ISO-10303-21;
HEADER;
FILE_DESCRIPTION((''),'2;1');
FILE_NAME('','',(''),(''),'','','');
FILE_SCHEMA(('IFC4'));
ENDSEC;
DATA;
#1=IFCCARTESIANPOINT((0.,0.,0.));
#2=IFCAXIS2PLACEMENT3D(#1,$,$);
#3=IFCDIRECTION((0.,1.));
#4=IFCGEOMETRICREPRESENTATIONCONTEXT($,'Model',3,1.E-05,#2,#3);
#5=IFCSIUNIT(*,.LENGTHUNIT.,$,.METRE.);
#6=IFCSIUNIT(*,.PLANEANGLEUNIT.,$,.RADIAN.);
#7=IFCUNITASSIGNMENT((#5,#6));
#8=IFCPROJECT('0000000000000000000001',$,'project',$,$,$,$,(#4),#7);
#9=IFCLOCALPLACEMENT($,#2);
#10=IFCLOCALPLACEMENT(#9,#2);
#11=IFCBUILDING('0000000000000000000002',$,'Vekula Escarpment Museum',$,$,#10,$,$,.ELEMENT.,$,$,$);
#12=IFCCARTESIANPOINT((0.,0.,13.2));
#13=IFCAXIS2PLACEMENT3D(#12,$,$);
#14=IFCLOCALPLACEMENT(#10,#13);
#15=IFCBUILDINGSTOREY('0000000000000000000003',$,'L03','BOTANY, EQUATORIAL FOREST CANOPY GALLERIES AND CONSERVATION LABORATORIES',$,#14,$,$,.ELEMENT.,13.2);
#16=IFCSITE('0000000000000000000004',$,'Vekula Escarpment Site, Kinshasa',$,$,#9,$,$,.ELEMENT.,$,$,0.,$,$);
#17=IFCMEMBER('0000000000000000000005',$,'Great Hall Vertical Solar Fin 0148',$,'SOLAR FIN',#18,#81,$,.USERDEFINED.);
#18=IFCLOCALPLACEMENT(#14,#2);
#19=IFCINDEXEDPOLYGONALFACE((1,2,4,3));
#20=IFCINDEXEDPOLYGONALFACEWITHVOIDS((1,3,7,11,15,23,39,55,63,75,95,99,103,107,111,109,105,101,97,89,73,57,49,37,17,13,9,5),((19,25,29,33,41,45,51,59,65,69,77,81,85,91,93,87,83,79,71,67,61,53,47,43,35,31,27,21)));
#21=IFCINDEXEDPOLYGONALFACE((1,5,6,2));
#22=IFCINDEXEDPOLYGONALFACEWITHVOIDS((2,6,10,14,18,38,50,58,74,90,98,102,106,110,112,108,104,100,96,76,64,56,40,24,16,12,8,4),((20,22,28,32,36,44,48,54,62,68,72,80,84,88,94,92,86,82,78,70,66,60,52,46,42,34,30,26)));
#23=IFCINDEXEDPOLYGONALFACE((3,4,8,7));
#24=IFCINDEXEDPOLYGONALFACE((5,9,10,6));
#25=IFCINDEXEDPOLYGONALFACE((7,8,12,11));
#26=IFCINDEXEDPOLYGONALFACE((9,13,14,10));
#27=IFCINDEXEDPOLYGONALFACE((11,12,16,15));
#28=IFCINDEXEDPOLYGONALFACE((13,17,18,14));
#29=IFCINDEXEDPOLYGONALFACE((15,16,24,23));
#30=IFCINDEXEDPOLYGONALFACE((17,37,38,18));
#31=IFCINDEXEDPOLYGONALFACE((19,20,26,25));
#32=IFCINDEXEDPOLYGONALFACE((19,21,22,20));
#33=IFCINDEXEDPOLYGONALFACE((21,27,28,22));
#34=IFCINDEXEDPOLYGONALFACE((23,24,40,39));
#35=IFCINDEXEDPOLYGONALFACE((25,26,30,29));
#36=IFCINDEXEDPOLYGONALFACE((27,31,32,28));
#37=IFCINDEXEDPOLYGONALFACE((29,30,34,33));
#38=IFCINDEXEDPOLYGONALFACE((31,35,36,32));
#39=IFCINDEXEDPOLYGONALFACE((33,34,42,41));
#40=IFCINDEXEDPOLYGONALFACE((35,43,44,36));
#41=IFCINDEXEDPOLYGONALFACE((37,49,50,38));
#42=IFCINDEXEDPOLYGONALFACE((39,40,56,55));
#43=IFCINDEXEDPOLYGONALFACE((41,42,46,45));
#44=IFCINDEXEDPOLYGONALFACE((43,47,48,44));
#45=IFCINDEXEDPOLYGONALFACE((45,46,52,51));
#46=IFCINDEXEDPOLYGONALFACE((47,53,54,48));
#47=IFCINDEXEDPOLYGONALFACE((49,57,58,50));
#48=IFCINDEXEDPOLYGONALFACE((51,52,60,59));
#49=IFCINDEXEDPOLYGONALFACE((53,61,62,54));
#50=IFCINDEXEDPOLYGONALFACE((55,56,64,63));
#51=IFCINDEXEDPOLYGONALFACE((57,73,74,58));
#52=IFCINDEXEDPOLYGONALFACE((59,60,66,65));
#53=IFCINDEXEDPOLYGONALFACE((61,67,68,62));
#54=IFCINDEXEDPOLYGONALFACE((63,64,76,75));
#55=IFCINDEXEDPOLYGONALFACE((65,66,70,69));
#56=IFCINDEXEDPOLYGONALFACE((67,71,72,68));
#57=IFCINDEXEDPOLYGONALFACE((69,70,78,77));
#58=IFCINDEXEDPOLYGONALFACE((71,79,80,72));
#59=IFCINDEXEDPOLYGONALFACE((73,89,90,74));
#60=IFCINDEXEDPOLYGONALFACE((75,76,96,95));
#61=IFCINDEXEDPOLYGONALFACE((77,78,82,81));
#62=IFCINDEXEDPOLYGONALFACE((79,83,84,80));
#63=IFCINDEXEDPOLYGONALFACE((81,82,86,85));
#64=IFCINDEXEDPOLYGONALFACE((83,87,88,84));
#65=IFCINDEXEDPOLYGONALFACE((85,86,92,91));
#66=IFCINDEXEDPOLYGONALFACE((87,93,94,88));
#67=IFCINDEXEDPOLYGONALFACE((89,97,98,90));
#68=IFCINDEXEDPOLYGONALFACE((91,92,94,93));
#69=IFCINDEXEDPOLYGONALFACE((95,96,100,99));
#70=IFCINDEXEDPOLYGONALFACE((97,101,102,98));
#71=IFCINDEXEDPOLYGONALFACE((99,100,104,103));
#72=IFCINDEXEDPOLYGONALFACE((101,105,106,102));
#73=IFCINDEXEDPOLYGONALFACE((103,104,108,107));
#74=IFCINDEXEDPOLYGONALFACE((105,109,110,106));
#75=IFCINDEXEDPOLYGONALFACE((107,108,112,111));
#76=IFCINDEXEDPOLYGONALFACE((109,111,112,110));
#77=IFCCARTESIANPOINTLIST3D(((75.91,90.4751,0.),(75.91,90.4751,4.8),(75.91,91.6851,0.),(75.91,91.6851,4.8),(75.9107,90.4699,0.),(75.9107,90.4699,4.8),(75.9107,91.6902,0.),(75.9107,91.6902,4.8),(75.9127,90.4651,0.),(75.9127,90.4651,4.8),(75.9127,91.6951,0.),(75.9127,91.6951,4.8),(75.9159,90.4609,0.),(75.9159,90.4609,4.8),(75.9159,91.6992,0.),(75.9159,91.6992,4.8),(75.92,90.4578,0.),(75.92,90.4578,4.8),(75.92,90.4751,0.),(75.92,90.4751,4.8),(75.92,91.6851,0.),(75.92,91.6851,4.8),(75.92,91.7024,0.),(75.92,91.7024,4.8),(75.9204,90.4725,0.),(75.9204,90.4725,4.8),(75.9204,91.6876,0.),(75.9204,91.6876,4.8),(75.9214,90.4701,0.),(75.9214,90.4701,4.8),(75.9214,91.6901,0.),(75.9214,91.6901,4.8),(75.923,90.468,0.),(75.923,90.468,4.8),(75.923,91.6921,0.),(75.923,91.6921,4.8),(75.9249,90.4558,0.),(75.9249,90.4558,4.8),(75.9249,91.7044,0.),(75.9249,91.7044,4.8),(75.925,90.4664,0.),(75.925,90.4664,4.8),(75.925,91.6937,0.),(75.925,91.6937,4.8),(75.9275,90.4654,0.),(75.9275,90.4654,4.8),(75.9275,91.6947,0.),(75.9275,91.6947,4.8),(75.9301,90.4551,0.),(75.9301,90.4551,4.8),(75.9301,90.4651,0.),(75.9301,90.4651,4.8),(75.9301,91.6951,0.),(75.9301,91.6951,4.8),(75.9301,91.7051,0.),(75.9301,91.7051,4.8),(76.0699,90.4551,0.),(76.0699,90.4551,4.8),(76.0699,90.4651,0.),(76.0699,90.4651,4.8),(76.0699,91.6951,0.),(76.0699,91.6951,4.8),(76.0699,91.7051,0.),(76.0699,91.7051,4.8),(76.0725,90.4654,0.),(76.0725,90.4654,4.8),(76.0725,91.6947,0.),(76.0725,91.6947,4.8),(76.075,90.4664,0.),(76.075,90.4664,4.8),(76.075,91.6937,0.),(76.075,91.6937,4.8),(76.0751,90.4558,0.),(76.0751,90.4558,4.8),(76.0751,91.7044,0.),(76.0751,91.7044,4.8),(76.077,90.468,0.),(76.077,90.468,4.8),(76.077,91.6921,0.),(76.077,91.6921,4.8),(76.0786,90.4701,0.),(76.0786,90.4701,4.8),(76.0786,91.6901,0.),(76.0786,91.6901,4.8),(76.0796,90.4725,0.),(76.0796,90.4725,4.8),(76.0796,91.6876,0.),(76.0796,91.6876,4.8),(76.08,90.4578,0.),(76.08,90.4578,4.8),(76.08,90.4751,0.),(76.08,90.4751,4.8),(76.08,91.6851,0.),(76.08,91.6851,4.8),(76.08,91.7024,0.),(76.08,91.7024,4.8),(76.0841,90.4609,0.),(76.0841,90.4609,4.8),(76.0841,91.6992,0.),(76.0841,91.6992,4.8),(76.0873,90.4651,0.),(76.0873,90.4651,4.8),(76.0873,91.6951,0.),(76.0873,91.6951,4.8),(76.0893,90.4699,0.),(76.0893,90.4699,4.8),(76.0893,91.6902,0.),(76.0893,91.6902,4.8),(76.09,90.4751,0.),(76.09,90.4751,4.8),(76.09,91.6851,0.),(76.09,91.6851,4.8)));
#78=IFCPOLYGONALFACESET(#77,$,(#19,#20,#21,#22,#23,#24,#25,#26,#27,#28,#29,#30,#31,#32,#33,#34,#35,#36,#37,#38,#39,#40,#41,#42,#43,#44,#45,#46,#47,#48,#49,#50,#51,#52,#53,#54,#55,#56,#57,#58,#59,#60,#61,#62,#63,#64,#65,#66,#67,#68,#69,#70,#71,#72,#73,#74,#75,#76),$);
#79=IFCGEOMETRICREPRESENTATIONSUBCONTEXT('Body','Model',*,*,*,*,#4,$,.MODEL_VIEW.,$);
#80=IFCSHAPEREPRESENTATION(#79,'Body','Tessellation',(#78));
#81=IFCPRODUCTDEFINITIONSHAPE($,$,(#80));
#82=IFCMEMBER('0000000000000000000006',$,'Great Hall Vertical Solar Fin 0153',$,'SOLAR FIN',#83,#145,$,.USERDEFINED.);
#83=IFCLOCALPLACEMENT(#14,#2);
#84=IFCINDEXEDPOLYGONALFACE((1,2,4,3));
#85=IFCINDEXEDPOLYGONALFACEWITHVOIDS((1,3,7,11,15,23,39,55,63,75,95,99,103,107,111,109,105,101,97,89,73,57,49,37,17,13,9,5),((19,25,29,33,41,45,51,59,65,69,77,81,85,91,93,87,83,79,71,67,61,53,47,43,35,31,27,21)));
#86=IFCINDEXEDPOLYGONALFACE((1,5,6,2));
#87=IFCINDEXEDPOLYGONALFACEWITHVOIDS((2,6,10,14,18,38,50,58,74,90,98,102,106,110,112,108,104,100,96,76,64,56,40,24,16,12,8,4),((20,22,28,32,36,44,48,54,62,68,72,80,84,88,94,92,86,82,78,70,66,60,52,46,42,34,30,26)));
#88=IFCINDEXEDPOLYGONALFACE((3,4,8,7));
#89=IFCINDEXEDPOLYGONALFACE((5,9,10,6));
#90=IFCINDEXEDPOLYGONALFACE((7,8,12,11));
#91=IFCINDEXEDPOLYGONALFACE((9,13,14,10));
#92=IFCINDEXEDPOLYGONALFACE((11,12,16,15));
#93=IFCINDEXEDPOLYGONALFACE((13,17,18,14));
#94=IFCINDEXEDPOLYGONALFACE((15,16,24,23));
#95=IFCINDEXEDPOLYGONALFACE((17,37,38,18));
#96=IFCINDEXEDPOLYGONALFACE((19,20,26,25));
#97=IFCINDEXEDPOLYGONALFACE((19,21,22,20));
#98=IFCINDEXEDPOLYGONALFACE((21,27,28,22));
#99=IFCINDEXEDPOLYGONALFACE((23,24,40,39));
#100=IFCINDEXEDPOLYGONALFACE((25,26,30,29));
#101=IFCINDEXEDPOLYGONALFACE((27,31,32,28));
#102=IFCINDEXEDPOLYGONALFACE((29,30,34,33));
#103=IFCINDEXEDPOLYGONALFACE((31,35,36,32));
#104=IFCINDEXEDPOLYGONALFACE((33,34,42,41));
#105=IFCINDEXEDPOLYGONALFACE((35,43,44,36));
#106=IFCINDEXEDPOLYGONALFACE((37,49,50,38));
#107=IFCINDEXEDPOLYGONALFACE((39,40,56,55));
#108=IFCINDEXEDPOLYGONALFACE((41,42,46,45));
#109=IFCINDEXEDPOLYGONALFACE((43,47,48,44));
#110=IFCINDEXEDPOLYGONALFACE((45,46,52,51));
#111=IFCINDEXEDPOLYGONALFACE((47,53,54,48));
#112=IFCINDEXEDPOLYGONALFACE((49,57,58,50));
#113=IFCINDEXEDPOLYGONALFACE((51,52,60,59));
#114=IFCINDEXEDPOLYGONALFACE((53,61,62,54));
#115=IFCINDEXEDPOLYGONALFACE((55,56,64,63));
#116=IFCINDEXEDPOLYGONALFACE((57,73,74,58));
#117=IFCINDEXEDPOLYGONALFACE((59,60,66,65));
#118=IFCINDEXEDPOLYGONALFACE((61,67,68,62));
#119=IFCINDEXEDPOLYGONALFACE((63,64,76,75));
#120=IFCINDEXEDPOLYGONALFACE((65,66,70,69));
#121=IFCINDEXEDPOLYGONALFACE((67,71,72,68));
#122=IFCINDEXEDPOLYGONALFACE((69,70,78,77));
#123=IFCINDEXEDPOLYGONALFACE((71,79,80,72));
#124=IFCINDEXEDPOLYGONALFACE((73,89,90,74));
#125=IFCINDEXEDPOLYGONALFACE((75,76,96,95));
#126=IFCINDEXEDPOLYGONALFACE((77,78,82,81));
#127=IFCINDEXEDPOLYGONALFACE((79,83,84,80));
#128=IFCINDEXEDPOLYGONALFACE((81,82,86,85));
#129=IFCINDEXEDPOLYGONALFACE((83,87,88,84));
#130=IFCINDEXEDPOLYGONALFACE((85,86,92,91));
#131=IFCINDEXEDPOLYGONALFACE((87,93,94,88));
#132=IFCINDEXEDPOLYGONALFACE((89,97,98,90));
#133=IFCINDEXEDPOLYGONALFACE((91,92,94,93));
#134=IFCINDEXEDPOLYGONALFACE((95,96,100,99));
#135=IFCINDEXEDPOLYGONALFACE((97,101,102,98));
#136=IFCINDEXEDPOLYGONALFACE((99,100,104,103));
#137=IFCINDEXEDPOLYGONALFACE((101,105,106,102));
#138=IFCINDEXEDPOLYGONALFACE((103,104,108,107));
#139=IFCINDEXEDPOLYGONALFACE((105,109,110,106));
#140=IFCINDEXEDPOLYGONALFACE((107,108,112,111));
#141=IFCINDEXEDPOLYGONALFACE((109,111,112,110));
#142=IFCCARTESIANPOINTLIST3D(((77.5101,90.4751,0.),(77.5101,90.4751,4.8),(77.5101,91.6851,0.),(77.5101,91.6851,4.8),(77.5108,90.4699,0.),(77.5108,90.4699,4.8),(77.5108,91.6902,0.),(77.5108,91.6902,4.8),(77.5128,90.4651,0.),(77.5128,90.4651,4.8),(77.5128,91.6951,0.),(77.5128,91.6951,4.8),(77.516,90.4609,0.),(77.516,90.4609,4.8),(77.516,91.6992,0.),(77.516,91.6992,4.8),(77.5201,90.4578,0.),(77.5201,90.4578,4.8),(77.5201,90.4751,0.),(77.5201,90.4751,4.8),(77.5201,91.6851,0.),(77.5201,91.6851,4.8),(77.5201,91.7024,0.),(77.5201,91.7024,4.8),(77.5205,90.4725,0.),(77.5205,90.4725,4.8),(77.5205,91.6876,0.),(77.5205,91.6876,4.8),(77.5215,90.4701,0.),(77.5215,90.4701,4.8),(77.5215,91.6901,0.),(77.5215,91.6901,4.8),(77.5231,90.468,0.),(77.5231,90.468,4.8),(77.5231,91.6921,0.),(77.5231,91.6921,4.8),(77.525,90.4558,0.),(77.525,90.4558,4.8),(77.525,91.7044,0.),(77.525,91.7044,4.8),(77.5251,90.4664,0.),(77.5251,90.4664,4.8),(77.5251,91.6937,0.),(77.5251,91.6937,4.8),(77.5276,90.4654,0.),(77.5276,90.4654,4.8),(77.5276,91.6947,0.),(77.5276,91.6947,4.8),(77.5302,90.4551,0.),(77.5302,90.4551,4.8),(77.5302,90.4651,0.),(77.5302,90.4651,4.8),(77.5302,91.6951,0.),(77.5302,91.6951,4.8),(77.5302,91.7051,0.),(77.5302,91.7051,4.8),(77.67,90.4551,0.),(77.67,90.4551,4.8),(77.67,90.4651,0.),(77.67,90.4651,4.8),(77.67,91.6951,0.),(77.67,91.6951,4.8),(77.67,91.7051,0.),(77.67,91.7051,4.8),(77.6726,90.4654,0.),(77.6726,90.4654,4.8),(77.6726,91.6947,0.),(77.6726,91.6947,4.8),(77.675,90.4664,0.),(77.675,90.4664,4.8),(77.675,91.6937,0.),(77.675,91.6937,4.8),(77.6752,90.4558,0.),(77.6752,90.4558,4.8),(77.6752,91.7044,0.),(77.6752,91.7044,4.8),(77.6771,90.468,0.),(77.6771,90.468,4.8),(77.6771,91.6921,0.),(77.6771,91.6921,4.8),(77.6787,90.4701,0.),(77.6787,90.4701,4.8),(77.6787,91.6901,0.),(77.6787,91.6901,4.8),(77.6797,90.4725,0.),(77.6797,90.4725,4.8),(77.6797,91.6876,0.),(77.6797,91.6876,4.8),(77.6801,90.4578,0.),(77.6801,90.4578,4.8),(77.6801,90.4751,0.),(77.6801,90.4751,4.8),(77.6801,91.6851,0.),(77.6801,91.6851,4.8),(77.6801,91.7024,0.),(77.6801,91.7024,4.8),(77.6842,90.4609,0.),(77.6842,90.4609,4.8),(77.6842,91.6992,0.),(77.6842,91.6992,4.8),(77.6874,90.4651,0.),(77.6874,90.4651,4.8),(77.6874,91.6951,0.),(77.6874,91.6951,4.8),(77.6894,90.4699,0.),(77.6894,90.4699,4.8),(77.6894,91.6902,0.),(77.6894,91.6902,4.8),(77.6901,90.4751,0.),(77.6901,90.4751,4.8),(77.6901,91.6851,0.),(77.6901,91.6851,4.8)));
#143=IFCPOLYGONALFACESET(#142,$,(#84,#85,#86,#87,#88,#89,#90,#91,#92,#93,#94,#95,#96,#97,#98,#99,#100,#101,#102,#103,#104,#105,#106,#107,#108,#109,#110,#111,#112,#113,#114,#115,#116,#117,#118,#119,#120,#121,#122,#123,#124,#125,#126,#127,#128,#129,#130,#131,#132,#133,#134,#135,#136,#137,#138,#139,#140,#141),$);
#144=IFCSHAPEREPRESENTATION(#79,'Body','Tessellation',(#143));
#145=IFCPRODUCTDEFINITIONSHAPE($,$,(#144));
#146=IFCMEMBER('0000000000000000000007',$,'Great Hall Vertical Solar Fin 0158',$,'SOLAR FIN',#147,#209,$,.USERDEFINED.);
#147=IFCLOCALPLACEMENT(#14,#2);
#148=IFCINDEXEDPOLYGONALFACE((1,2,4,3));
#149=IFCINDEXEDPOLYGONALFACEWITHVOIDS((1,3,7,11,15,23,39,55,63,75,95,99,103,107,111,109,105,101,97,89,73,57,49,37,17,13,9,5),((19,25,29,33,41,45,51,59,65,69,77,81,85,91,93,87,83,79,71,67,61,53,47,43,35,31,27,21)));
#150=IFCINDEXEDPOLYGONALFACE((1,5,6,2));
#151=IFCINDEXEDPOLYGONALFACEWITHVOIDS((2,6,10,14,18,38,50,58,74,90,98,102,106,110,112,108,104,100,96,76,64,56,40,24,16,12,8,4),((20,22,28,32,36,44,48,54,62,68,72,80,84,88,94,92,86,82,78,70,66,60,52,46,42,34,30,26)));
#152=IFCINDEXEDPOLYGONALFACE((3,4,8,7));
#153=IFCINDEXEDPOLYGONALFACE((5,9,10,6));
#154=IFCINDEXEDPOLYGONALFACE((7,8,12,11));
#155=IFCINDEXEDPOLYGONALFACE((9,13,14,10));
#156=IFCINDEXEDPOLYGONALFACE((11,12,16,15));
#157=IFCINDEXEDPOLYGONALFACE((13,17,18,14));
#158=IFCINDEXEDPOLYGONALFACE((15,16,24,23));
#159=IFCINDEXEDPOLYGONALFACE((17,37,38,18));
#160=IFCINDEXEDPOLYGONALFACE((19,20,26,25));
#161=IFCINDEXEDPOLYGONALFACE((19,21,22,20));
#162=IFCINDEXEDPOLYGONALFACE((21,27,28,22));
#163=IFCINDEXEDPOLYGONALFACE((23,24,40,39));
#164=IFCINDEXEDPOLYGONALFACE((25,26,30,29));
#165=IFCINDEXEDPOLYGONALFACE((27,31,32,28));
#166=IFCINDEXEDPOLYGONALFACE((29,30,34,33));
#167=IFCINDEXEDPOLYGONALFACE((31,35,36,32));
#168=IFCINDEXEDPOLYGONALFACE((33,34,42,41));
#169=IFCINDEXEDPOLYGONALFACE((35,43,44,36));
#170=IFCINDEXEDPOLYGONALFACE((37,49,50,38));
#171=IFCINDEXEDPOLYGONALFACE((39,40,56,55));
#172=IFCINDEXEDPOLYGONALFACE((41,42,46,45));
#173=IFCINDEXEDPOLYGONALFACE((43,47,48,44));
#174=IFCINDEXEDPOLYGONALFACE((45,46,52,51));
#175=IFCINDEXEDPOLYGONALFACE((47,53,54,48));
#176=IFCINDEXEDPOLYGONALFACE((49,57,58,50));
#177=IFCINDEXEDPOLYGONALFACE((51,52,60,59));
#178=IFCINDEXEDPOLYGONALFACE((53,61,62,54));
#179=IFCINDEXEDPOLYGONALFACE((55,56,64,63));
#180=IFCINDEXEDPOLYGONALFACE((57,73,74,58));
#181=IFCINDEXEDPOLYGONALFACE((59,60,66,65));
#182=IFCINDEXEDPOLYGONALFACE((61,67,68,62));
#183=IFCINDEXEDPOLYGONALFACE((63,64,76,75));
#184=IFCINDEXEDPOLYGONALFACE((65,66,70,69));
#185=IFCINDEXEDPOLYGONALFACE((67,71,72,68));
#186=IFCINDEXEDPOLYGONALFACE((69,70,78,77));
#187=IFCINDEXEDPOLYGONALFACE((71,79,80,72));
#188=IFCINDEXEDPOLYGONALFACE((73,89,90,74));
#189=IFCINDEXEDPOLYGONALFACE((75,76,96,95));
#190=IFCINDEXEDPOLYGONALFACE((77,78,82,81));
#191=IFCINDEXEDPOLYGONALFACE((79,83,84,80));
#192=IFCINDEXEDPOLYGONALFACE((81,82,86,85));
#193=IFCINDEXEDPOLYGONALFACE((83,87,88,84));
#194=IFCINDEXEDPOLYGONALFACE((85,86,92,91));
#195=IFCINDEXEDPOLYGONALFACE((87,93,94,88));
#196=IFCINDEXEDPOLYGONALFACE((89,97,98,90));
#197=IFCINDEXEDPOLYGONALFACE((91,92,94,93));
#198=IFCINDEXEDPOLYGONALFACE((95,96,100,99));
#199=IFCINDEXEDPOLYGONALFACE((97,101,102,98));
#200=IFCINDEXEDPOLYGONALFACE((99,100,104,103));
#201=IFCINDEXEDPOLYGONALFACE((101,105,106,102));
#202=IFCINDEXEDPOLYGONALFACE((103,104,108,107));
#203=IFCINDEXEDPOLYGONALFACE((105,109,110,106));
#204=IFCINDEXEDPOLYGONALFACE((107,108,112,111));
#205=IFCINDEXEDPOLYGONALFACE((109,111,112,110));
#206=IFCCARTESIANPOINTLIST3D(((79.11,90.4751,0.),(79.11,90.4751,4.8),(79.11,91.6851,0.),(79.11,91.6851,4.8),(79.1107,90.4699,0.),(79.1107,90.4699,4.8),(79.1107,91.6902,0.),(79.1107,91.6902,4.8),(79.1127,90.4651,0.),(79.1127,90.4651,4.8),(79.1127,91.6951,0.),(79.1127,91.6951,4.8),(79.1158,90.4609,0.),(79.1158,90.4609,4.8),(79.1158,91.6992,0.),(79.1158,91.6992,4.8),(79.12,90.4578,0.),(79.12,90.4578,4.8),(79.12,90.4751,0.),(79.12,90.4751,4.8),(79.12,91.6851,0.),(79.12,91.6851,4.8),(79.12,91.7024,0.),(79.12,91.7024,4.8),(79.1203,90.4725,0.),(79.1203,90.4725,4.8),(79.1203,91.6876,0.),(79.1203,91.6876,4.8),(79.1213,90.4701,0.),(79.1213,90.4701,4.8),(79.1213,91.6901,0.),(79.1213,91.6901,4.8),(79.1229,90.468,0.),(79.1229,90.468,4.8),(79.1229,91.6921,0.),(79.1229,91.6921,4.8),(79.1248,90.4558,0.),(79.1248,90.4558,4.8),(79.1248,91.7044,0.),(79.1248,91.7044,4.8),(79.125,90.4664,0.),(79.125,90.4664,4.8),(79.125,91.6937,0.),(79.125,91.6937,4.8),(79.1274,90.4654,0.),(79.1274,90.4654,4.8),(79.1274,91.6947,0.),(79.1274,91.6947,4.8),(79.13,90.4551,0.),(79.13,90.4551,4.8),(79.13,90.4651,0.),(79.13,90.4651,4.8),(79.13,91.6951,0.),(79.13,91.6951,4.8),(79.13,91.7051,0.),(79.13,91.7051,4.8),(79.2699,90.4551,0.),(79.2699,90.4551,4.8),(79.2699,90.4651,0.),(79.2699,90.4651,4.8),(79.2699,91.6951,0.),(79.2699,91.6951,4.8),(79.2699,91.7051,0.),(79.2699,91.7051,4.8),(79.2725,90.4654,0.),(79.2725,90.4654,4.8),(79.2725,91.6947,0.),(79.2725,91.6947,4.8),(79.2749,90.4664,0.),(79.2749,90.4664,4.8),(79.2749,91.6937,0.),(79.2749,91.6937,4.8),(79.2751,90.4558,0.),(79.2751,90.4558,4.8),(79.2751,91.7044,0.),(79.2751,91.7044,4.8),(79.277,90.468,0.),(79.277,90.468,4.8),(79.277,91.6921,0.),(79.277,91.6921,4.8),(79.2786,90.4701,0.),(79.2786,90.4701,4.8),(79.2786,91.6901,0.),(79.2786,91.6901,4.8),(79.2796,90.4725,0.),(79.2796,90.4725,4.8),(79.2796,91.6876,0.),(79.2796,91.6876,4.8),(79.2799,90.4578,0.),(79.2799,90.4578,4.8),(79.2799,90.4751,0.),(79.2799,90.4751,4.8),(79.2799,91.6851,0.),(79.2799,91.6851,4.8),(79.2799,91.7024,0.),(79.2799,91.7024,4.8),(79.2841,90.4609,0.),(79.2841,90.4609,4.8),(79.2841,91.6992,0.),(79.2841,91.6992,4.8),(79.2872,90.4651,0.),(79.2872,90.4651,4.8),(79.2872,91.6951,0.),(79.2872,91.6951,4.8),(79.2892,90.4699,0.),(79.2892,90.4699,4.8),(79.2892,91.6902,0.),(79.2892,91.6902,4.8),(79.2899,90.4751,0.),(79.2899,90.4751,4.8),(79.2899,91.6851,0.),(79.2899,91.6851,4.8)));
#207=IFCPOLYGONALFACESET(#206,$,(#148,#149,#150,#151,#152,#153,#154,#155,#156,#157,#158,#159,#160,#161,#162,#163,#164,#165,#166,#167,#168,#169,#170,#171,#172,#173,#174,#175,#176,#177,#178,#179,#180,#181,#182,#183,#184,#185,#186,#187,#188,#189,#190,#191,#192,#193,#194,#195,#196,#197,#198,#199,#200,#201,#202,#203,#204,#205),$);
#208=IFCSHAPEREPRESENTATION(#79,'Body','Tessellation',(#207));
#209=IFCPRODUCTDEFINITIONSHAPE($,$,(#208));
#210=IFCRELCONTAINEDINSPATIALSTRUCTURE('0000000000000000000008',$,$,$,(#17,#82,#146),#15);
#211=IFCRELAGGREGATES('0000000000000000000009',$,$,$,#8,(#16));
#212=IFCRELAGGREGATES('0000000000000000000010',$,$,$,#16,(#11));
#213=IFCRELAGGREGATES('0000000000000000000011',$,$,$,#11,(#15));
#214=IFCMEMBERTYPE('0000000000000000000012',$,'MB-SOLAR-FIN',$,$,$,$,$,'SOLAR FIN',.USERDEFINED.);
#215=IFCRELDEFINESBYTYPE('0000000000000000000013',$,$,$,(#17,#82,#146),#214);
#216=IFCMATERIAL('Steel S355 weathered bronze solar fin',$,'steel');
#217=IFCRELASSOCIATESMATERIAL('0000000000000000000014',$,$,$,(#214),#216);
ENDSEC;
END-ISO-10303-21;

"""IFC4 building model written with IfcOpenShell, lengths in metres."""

from ifc_helpers import new_model, si_unit, direction, frame, origin, origin_2d, place, context, subcontext, project, spatial, hollow_rectangle, extrude, material, material_profile, profile_set, type_object, element, save


model = new_model("IFC4")

# Units and contexts
model_context = context("Model", 3, precision=1e-05, world=origin(), true_north=direction((0.0, 1.0)))
body_context = subcontext(model_context, "Body", "Model", "MODEL_VIEW")
ifc_project = project(units=[si_unit("LENGTHUNIT", "METRE"), si_unit("PLANEANGLEUNIT", "RADIAN")], contexts=[model_context])

# Site, building, storey
site_placement = place(None, origin())
site = spatial("IfcSite", under=ifc_project, at=site_placement, Name="Vekula Escarpment Site, Kinshasa", CompositionType="ELEMENT", RefElevation=0.0)
building_placement = place(site_placement, origin())
building = spatial("IfcBuilding", under=site, at=building_placement, Name="Vekula Escarpment Museum", CompositionType="ELEMENT")
storey_placement = place(building_placement, frame((0.0, 0.0, 13.2)))
storey = spatial("IfcBuildingStorey", under=building, at=storey_placement, Name="L03", Description="BOTANY, EQUATORIAL FOREST CANOPY GALLERIES AND CONSERVATION LABORATORIES", CompositionType="ELEMENT", Elevation=13.2)

# Members
ifc_material_1 = material(Name="Steel S355 weathered bronze solar fin", Category="steel")
ifc_material_profile_1 = material_profile(ifc_material_1, hollow_rectangle(XDim=0.1799, YDim=1.25, WallThickness=0.01, InnerFilletRadius=0.01, OuterFilletRadius=0.02, at=origin_2d()), Name="RHS 1250x180x10")
ifc_profile_set_1 = profile_set([ifc_material_profile_1], Name="Steel S355 weathered bronze solar fin")
member_type_1 = type_object("IfcMemberType", Name="MB-SOLAR-FIN", ElementType="SOLAR FIN", PredefinedType="USERDEFINED", material=ifc_profile_set_1)
for number, where, z_axis, x_axis, name in (
    (1, (76.0, 91.0801, 0.0), (0.0, 0.0, 1.0), (1.0, 0.0, 0.0), "Great Hall Vertical Solar Fin 0148"),
    (2, (77.6001, 91.0801, 0.0), (0.0, 0.0, 1.0), (1.0, 0.0, 0.0), "Great Hall Vertical Solar Fin 0153"),
    (3, (79.2, 91.0801, 0.0), (0.0, 0.0, 1.0), (1.0, 0.0, 0.0), "Great Hall Vertical Solar Fin 0158"),
):
    element("IfcMember", number, at=place(storey_placement, frame(where, z_axis=z_axis, x_axis=x_axis)), inside=storey, type_object=member_type_1, Name=name, ObjectType="SOLAR FIN", PredefinedType="USERDEFINED", context=body_context, shape_type="SweptSolid", body=[
        extrude(hollow_rectangle(XDim=0.1799, YDim=1.25, WallThickness=0.01, InnerFilletRadius=0.01, OuterFilletRadius=0.02, at=origin_2d()), origin(), (0.0, 0.0, 1.0), 4.8),
    ])

save(model, "model.ifc")
